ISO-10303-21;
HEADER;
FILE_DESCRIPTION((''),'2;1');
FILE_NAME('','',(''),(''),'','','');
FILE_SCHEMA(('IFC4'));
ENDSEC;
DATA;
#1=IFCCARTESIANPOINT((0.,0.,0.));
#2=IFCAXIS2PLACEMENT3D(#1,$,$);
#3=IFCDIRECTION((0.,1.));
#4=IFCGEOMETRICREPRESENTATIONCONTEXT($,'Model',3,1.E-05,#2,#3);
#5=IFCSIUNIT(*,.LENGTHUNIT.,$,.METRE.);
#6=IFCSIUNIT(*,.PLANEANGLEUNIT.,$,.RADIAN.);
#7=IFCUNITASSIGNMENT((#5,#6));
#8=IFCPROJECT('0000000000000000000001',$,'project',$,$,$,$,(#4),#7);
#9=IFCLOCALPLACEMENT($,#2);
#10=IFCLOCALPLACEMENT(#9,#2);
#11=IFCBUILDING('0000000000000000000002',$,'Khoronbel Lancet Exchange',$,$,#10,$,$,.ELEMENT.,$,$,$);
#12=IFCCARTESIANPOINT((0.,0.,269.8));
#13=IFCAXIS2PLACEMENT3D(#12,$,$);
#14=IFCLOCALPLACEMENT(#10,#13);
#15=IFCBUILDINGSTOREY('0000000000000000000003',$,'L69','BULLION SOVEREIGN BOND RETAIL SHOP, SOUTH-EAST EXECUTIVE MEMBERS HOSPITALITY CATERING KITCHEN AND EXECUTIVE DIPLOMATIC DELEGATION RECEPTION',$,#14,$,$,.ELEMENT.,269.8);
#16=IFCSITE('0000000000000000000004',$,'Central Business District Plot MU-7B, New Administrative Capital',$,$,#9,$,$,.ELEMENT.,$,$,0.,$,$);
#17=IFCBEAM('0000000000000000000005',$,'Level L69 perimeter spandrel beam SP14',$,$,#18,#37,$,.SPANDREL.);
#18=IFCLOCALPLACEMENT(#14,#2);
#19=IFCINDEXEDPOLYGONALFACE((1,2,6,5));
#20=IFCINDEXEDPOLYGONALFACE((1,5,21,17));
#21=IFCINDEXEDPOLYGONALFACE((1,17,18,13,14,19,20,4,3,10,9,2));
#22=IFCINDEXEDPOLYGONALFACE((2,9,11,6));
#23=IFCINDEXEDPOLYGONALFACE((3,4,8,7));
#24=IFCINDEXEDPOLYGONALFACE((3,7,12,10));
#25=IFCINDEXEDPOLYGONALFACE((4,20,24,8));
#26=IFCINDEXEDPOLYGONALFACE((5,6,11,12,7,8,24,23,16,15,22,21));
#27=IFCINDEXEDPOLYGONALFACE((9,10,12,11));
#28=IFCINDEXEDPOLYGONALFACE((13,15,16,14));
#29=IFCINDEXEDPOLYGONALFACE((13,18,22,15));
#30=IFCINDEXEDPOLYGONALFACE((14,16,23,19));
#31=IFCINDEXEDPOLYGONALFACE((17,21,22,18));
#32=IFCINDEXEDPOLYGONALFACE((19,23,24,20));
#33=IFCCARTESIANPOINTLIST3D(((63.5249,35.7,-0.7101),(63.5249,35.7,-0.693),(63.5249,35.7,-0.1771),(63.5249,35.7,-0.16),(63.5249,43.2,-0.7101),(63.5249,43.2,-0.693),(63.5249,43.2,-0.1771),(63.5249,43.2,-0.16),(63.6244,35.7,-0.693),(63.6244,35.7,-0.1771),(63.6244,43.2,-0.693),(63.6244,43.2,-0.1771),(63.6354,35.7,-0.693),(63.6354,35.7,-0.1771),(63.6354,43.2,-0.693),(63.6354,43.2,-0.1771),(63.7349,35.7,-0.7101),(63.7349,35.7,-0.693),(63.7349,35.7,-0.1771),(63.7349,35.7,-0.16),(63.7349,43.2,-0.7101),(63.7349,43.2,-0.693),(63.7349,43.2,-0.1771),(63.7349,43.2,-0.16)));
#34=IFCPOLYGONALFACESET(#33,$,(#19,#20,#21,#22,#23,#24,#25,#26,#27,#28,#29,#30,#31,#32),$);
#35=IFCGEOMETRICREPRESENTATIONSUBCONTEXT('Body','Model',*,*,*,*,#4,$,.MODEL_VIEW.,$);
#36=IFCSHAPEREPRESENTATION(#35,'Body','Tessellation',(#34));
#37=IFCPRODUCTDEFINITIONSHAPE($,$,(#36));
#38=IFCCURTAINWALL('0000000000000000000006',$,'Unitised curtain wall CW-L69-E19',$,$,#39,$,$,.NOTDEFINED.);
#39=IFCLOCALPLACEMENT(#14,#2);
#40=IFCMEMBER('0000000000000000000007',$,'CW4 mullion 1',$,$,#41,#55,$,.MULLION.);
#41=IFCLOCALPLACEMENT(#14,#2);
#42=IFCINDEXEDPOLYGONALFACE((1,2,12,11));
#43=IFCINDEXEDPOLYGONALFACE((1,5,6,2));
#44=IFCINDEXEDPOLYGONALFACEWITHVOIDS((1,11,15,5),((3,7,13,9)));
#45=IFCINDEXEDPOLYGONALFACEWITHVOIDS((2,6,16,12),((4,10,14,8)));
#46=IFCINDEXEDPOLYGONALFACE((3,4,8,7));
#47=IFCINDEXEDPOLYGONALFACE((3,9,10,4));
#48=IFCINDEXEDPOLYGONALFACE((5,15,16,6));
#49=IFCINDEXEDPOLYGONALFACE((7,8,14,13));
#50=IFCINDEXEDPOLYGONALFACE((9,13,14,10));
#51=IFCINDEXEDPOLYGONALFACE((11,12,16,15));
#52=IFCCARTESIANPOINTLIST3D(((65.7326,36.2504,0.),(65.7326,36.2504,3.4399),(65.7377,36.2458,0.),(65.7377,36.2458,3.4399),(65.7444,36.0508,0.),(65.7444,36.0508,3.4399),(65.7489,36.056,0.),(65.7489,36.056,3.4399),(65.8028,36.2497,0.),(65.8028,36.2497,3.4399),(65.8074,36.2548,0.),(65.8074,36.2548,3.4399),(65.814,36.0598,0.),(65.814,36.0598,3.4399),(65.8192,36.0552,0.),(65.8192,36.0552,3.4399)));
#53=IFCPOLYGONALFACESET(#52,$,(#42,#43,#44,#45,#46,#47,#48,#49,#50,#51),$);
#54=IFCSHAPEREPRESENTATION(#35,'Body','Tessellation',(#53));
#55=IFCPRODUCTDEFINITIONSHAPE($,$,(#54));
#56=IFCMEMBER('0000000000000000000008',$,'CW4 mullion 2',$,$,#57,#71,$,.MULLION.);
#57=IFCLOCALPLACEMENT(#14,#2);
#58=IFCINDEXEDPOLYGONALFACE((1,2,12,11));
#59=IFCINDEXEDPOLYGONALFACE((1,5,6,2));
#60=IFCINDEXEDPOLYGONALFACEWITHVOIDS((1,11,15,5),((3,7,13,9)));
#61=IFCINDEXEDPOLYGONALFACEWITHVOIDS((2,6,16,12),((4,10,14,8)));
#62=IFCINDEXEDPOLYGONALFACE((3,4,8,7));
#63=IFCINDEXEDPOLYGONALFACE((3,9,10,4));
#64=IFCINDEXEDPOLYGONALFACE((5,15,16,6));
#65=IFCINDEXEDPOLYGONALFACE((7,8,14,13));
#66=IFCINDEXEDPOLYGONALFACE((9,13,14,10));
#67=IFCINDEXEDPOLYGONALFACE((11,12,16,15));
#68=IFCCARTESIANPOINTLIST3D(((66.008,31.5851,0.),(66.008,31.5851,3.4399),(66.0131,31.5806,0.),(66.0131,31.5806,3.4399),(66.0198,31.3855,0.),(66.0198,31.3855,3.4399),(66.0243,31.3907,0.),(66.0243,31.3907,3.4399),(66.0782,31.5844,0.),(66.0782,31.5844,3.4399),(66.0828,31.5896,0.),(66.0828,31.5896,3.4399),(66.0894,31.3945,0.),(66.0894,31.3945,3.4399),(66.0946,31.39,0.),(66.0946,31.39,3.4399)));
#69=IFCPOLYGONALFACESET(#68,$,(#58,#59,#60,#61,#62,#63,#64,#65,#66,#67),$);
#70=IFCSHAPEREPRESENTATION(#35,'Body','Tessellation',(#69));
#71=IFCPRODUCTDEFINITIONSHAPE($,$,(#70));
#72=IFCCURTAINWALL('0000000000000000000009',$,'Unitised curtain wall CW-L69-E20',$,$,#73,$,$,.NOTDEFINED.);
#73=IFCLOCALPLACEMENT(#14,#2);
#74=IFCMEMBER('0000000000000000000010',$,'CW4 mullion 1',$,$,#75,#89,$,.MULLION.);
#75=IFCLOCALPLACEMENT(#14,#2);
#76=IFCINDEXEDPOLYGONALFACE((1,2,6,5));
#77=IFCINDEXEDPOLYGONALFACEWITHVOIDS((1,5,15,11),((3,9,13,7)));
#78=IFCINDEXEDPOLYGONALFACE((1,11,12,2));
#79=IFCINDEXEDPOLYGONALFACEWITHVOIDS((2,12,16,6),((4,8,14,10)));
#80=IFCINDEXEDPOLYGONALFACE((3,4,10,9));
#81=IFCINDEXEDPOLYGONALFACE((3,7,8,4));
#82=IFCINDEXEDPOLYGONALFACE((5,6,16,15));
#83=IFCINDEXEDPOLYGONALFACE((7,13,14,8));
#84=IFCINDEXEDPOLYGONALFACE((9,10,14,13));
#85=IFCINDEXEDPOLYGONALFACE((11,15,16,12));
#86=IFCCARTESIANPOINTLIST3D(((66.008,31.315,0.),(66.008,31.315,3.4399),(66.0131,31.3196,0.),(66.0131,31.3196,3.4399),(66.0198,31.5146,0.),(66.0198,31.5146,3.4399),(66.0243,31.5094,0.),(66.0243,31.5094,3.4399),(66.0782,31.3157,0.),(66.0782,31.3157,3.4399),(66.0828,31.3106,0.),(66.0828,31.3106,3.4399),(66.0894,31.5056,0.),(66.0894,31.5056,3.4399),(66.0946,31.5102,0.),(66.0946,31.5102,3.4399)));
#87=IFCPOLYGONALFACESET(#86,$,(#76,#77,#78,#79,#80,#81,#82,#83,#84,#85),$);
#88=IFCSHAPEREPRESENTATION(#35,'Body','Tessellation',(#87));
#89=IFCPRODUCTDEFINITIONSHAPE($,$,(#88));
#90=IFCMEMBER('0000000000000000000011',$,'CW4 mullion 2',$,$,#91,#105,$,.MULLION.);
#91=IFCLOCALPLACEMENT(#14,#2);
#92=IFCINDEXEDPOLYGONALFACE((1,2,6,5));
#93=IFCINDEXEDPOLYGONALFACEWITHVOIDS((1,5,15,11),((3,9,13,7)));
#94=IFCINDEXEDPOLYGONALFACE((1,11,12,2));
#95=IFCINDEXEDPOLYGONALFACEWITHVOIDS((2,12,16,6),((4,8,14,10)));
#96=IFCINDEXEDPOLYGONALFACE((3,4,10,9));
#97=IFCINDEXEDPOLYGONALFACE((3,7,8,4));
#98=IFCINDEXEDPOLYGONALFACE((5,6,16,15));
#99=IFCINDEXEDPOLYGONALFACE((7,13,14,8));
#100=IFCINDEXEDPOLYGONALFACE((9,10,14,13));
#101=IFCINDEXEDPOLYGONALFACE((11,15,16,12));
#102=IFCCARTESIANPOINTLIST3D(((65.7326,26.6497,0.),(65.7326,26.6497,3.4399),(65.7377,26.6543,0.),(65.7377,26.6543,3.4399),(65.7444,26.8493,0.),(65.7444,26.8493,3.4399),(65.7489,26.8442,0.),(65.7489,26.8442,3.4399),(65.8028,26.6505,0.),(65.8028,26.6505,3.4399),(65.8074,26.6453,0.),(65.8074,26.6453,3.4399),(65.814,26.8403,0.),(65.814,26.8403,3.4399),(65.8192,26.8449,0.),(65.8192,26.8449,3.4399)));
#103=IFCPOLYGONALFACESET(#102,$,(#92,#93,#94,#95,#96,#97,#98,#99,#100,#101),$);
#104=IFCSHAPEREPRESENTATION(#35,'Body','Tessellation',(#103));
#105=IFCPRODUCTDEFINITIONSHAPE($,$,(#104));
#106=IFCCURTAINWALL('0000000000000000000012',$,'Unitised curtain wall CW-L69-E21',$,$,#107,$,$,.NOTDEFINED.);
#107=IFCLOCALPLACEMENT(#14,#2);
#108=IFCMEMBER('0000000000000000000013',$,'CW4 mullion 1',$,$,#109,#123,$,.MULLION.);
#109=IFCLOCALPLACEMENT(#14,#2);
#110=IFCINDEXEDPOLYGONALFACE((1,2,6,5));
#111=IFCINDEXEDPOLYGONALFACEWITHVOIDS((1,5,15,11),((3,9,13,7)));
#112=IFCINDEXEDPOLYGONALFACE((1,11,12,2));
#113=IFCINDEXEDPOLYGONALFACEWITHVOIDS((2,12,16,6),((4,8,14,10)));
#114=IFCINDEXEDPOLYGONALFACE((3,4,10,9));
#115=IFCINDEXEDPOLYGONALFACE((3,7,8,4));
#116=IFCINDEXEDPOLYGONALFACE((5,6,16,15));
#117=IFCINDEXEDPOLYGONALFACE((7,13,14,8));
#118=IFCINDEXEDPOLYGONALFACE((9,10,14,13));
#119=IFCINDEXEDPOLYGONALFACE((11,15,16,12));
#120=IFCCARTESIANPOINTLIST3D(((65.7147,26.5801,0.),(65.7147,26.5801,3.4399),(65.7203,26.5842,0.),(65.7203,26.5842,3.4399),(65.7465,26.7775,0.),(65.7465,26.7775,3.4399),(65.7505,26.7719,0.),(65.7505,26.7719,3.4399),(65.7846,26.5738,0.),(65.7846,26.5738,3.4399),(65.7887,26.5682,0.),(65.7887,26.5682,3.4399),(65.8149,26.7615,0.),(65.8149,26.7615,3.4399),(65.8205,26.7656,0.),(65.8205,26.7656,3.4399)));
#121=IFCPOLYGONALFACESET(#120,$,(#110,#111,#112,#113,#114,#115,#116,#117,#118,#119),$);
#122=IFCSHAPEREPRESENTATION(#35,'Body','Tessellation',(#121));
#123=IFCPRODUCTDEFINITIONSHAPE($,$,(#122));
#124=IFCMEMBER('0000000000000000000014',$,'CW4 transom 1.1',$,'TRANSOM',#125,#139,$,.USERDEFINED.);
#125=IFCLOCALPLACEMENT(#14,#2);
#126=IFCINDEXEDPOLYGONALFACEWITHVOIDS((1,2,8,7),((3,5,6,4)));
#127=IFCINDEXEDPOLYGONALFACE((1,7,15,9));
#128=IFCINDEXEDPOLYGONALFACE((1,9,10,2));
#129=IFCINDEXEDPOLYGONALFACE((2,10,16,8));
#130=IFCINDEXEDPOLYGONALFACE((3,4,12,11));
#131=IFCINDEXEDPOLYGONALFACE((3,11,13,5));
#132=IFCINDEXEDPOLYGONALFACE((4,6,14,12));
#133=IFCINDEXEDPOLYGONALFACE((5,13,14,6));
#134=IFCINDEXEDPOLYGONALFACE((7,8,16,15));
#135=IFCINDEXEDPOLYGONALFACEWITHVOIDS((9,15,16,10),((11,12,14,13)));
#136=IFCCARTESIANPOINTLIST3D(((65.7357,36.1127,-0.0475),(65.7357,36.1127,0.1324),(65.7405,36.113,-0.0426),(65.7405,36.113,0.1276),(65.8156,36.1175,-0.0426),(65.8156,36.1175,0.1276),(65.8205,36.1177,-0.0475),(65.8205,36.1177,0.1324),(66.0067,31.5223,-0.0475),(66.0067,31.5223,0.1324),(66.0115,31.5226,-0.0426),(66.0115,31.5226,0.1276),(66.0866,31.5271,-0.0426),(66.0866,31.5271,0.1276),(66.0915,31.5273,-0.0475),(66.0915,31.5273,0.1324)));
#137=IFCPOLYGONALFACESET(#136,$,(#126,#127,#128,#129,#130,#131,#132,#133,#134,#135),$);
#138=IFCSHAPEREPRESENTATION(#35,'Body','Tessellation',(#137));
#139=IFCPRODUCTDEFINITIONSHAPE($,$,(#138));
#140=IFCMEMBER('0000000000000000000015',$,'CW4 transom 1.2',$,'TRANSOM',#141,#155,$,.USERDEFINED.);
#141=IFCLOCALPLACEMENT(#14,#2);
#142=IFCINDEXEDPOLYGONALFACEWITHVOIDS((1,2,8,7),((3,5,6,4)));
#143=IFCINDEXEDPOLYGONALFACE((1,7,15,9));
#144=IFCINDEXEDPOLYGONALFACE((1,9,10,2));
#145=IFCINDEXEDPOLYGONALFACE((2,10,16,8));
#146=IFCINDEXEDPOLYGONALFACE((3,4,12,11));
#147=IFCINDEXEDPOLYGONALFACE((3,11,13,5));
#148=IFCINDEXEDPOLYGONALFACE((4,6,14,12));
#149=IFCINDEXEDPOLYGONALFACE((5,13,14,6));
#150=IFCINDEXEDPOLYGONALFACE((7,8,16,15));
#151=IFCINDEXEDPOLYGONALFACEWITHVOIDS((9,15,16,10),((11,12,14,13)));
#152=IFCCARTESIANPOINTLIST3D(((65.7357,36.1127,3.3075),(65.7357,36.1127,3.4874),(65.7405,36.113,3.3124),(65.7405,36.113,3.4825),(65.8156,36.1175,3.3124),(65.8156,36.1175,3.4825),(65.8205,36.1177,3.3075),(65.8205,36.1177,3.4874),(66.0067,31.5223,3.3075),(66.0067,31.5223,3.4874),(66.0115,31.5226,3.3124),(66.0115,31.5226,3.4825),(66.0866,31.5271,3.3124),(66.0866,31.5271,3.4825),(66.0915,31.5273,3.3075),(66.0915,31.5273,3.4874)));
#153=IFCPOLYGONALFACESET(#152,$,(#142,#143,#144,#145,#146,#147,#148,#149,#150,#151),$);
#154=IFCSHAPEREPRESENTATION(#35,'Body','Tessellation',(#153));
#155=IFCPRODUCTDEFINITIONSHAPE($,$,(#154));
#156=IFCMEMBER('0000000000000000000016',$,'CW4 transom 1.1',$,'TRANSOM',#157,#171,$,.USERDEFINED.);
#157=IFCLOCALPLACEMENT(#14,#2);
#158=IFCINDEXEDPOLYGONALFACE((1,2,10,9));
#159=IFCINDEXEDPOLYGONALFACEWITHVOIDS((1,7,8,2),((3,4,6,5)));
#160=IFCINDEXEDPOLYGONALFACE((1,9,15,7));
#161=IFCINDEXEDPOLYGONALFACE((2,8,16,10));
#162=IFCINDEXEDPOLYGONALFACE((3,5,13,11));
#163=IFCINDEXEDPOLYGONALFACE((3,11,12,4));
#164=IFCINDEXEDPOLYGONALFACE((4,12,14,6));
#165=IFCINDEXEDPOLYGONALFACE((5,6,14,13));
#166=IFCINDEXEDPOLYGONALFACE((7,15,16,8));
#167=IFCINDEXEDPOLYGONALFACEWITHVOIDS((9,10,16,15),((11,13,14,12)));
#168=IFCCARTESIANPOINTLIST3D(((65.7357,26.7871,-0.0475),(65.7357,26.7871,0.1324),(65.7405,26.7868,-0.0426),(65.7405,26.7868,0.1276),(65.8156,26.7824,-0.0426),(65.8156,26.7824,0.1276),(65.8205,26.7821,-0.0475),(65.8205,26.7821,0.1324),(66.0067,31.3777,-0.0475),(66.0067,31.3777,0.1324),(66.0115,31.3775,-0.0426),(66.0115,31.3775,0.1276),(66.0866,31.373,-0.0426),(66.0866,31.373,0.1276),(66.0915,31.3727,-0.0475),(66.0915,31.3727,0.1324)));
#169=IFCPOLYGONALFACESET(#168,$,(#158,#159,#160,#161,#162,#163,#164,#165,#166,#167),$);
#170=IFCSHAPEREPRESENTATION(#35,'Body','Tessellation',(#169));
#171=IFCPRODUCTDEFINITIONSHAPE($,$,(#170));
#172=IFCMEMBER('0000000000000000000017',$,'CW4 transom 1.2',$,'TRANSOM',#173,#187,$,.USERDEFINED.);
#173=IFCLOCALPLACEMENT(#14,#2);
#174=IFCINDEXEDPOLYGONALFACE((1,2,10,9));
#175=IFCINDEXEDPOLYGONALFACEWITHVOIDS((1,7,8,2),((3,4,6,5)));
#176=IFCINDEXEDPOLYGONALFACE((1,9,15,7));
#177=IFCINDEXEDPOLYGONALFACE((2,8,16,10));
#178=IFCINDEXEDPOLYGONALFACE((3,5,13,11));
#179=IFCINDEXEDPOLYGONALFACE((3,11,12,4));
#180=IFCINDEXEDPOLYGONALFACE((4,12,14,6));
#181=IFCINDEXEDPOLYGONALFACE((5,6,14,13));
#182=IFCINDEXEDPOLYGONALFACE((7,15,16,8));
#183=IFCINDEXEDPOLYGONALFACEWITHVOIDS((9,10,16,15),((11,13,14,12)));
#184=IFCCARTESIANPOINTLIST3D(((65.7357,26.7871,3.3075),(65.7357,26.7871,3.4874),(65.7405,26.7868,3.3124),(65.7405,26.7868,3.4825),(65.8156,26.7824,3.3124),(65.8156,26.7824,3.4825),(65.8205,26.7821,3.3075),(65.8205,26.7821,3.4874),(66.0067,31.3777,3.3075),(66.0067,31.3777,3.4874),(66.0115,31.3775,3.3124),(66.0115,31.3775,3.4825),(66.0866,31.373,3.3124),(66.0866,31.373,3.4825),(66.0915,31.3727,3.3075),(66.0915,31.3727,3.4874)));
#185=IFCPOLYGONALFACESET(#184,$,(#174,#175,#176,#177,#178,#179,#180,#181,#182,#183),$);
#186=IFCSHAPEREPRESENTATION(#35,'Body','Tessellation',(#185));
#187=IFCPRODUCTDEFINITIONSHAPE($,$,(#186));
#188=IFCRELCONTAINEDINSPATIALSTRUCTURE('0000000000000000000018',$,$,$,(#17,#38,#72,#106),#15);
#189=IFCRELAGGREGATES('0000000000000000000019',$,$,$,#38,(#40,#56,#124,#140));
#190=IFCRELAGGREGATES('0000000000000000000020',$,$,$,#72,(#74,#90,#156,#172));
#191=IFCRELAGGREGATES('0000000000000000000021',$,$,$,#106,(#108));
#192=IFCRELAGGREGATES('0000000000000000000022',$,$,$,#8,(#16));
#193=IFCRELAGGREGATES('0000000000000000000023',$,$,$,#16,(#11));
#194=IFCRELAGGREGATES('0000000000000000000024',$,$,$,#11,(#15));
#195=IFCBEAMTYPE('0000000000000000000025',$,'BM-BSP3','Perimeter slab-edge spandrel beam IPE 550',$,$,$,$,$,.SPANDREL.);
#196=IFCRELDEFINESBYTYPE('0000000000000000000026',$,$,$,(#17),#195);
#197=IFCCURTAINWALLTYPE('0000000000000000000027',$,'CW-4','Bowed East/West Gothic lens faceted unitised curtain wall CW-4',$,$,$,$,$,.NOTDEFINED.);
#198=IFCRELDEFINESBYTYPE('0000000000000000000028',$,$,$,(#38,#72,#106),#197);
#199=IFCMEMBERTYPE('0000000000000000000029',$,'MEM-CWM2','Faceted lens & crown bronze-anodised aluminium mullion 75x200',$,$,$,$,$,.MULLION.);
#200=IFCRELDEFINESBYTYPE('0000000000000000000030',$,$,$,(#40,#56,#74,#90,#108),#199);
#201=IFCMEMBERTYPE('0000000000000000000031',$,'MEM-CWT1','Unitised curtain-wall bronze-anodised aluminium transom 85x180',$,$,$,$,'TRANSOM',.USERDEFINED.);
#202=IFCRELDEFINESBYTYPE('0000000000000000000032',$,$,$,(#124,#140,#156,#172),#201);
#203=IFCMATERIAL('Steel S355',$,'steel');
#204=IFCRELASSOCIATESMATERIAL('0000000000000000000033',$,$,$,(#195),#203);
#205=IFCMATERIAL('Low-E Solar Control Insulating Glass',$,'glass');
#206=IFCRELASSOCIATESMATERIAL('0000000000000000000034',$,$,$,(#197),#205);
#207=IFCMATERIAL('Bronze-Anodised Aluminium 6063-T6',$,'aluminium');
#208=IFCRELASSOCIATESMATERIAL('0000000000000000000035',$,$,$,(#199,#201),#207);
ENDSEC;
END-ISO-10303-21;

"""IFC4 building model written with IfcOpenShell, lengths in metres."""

from ifc_helpers import new_model, si_unit, direction, frame, origin, origin_2d, place, context, subcontext, project, spatial, hollow_rectangle, i_section, extrude, material, material_profile, profile_set, type_object, element, aggregate, save


model = new_model("IFC4")

# Units and contexts
model_context = context("Model", 3, precision=1e-05, world=origin(), true_north=direction((0.0, 1.0)))
body_context = subcontext(model_context, "Body", "Model", "MODEL_VIEW")
ifc_project = project(units=[si_unit("LENGTHUNIT", "METRE"), si_unit("PLANEANGLEUNIT", "RADIAN")], contexts=[model_context])

# Site, building, storey
site_placement = place(None, origin())
site = spatial("IfcSite", under=ifc_project, at=site_placement, Name="Central Business District Plot MU-7B, New Administrative Capital", CompositionType="ELEMENT", RefElevation=0.0)
building_placement = place(site_placement, origin())
building = spatial("IfcBuilding", under=site, at=building_placement, Name="Khoronbel Lancet Exchange", CompositionType="ELEMENT")
storey_placement = place(building_placement, frame((0.0, 0.0, 269.8)))
storey = spatial("IfcBuildingStorey", under=building, at=storey_placement, Name="L69", Description="BULLION SOVEREIGN BOND RETAIL SHOP, SOUTH-EAST EXECUTIVE MEMBERS HOSPITALITY CATERING KITCHEN AND EXECUTIVE DIPLOMATIC DELEGATION RECEPTION", CompositionType="ELEMENT", Elevation=269.8)

# Shared definitions
ifc_material_1 = material(Name="Steel S355", Category="steel")

# Beam
ifc_material_profile_1 = material_profile(ifc_material_1, i_section(OverallWidth=0.21, OverallDepth=0.55, WebThickness=0.011, FlangeThickness=0.0171, at=origin_2d()), Name="IPE 550")
ifc_profile_set_1 = profile_set([ifc_material_profile_1], Name="Steel S355")
beam_type_1 = type_object("IfcBeamType", Name="BM-BSP3", Description="Perimeter slab-edge spandrel beam IPE 550", PredefinedType="SPANDREL", material=ifc_profile_set_1)
beam_1_placement = place(storey_placement, frame((63.6299, 35.7, -0.4351), z_axis=(0.0, 1.0, 0.0), x_axis=(-1.0, 0.0, 0.0)))
element("IfcBeam", 1, at=beam_1_placement, inside=storey, type_object=beam_type_1, Name="Level L69 perimeter spandrel beam SP14", PredefinedType="SPANDREL", context=body_context, shape_type="SweptSolid", body=[
    extrude(i_section(OverallWidth=0.21, OverallDepth=0.55, WebThickness=0.011, FlangeThickness=0.0171, at=origin_2d()), origin(), (0.0, 0.0, 1.0), 7.5),
])

# Curtain walls, members
ifc_material_2 = material(Name="Low-E Solar Control Insulating Glass", Category="glass")
curtain_wall_type = type_object("IfcCurtainWallType", Name="CW-4", Description="Bowed East/West Gothic lens faceted unitised curtain wall CW-4", PredefinedType="NOTDEFINED", material=ifc_material_2)
curtain_wall_1_placement = place(storey_placement, origin())
curtain_wall_1 = element("IfcCurtainWall", 2, at=curtain_wall_1_placement, inside=storey, type_object=curtain_wall_type, Name="Unitised curtain wall CW-L69-E19", PredefinedType="NOTDEFINED")
ifc_material_3 = material(Name="Bronze-Anodised Aluminium 6063-T6", Category="aluminium")
ifc_material_profile_2 = material_profile(ifc_material_3, hollow_rectangle(XDim=0.075, YDim=0.2, WallThickness=0.0049, at=origin_2d()), Name="ALU MULLION 75x200")
ifc_profile_set_2 = profile_set([ifc_material_profile_2], Name="Bronze-Anodised Aluminium 6063-T6")
member_type_1 = type_object("IfcMemberType", Name="MEM-CWM2", Description="Faceted lens & crown bronze-anodised aluminium mullion 75x200", PredefinedType="MULLION", material=ifc_profile_set_2)
member_1_placement = place(storey_placement, frame((65.7759, 36.1528, 0.0), z_axis=(0.0, 0.0, 1.0), x_axis=(0.998261, 0.058945, 0.0)))
member_1 = element("IfcMember", 3, at=member_1_placement, type_object=member_type_1, Name="CW4 mullion 1", PredefinedType="MULLION", context=body_context, shape_type="SweptSolid", body=[
    extrude(hollow_rectangle(XDim=0.075, YDim=0.2, WallThickness=0.0049, at=origin_2d()), origin(), (0.0, 0.0, 1.0), 3.4399),
])
member_2_placement = place(storey_placement, frame((66.0513, 31.4875, 0.0), z_axis=(0.0, 0.0, 1.0), x_axis=(0.998261, 0.058945, 0.0)))
member_2 = element("IfcMember", 4, at=member_2_placement, type_object=member_type_1, Name="CW4 mullion 2", PredefinedType="MULLION", context=body_context, shape_type="SweptSolid", body=[
    extrude(hollow_rectangle(XDim=0.075, YDim=0.2, WallThickness=0.0049, at=origin_2d()), origin(), (0.0, 0.0, 1.0), 3.4399),
])
curtain_wall_2_placement = place(storey_placement, origin())
curtain_wall_2 = element("IfcCurtainWall", 5, at=curtain_wall_2_placement, inside=storey, type_object=curtain_wall_type, Name="Unitised curtain wall CW-L69-E20", PredefinedType="NOTDEFINED")
member_3_placement = place(storey_placement, frame((66.0513, 31.4126, 0.0), z_axis=(0.0, 0.0, 1.0), x_axis=(0.998261, -0.058945, 0.0)))
member_3 = element("IfcMember", 6, at=member_3_placement, type_object=member_type_1, Name="CW4 mullion 1", PredefinedType="MULLION", context=body_context, shape_type="SweptSolid", body=[
    extrude(hollow_rectangle(XDim=0.075, YDim=0.2, WallThickness=0.0049, at=origin_2d()), origin(), (0.0, 0.0, 1.0), 3.4399),
])
member_4_placement = place(storey_placement, frame((65.7759, 26.7473, 0.0), z_axis=(0.0, 0.0, 1.0), x_axis=(0.998261, -0.058945, 0.0)))
member_4 = element("IfcMember", 7, at=member_4_placement, type_object=member_type_1, Name="CW4 mullion 2", PredefinedType="MULLION", context=body_context, shape_type="SweptSolid", body=[
    extrude(hollow_rectangle(XDim=0.075, YDim=0.2, WallThickness=0.0049, at=origin_2d()), origin(), (0.0, 0.0, 1.0), 3.4399),
])

# Curtain wall, member
curtain_wall_3_placement = place(storey_placement, origin())
curtain_wall_3 = element("IfcCurtainWall", 8, at=curtain_wall_3_placement, inside=storey, type_object=curtain_wall_type, Name="Unitised curtain wall CW-L69-E21", PredefinedType="NOTDEFINED")
member_5_placement = place(storey_placement, frame((65.7676, 26.6729, 0.0), z_axis=(0.0, 0.0, 1.0), x_axis=(0.987234, -0.159276, 0.0)))
member_5 = element("IfcMember", 9, at=member_5_placement, type_object=member_type_1, Name="CW4 mullion 1", PredefinedType="MULLION", context=body_context, shape_type="SweptSolid", body=[
    extrude(hollow_rectangle(XDim=0.075, YDim=0.2, WallThickness=0.0049, at=origin_2d()), origin(), (0.0, 0.0, 1.0), 3.4399),
])

# Members
ifc_material_profile_3 = material_profile(ifc_material_3, hollow_rectangle(XDim=0.085, YDim=0.1799, WallThickness=0.0049, at=origin_2d()), Name="ALU TRANSOM 85x180")
ifc_profile_set_3 = profile_set([ifc_material_profile_3], Name="Bronze-Anodised Aluminium 6063-T6")
member_type_2 = type_object("IfcMemberType", Name="MEM-CWT1", Description="Unitised curtain-wall bronze-anodised aluminium transom 85x180", ElementType="TRANSOM", PredefinedType="USERDEFINED", material=ifc_profile_set_3)
member_6_placement = place(storey_placement, frame((65.7781, 36.1152, 0.0425), z_axis=(0.058934, -0.998262, 0.0), x_axis=(0.998262, 0.058934, 0.0)))
member_6 = element("IfcMember", 10, at=member_6_placement, type_object=member_type_2, Name="CW4 transom 1.1", ObjectType="TRANSOM", PredefinedType="USERDEFINED", context=body_context, shape_type="SweptSolid", body=[
    extrude(hollow_rectangle(XDim=0.085, YDim=0.1799, WallThickness=0.0049, at=origin_2d()), origin(), (0.0, 0.0, 1.0), 4.5984),
])
member_7_placement = place(storey_placement, frame((65.7781, 36.1152, 3.3975), z_axis=(0.058934, -0.998262, 0.0), x_axis=(0.998262, 0.058934, 0.0)))
member_7 = element("IfcMember", 11, at=member_7_placement, type_object=member_type_2, Name="CW4 transom 1.2", ObjectType="TRANSOM", PredefinedType="USERDEFINED", context=body_context, shape_type="SweptSolid", body=[
    extrude(hollow_rectangle(XDim=0.085, YDim=0.1799, WallThickness=0.0049, at=origin_2d()), origin(), (0.0, 0.0, 1.0), 4.5984),
])
member_8_placement = place(storey_placement, frame((66.0491, 31.3752, 0.0425), z_axis=(-0.058931, -0.998262, 0.0), x_axis=(0.998262, -0.058931, 0.0)))
member_8 = element("IfcMember", 12, at=member_8_placement, type_object=member_type_2, Name="CW4 transom 1.1", ObjectType="TRANSOM", PredefinedType="USERDEFINED", context=body_context, shape_type="SweptSolid", body=[
    extrude(hollow_rectangle(XDim=0.085, YDim=0.1799, WallThickness=0.0049, at=origin_2d()), origin(), (0.0, 0.0, 1.0), 4.5986),
])
member_9_placement = place(storey_placement, frame((66.0491, 31.3752, 3.3975), z_axis=(-0.058931, -0.998262, 0.0), x_axis=(0.998262, -0.058931, 0.0)))
member_9 = element("IfcMember", 13, at=member_9_placement, type_object=member_type_2, Name="CW4 transom 1.2", ObjectType="TRANSOM", PredefinedType="USERDEFINED", context=body_context, shape_type="SweptSolid", body=[
    extrude(hollow_rectangle(XDim=0.085, YDim=0.1799, WallThickness=0.0049, at=origin_2d()), origin(), (0.0, 0.0, 1.0), 4.5986),
])

aggregate(curtain_wall_1, [member_1, member_2, member_6, member_7])
aggregate(curtain_wall_2, [member_3, member_4, member_8, member_9])
aggregate(curtain_wall_3, [member_5])

save(model, "model.ifc")
